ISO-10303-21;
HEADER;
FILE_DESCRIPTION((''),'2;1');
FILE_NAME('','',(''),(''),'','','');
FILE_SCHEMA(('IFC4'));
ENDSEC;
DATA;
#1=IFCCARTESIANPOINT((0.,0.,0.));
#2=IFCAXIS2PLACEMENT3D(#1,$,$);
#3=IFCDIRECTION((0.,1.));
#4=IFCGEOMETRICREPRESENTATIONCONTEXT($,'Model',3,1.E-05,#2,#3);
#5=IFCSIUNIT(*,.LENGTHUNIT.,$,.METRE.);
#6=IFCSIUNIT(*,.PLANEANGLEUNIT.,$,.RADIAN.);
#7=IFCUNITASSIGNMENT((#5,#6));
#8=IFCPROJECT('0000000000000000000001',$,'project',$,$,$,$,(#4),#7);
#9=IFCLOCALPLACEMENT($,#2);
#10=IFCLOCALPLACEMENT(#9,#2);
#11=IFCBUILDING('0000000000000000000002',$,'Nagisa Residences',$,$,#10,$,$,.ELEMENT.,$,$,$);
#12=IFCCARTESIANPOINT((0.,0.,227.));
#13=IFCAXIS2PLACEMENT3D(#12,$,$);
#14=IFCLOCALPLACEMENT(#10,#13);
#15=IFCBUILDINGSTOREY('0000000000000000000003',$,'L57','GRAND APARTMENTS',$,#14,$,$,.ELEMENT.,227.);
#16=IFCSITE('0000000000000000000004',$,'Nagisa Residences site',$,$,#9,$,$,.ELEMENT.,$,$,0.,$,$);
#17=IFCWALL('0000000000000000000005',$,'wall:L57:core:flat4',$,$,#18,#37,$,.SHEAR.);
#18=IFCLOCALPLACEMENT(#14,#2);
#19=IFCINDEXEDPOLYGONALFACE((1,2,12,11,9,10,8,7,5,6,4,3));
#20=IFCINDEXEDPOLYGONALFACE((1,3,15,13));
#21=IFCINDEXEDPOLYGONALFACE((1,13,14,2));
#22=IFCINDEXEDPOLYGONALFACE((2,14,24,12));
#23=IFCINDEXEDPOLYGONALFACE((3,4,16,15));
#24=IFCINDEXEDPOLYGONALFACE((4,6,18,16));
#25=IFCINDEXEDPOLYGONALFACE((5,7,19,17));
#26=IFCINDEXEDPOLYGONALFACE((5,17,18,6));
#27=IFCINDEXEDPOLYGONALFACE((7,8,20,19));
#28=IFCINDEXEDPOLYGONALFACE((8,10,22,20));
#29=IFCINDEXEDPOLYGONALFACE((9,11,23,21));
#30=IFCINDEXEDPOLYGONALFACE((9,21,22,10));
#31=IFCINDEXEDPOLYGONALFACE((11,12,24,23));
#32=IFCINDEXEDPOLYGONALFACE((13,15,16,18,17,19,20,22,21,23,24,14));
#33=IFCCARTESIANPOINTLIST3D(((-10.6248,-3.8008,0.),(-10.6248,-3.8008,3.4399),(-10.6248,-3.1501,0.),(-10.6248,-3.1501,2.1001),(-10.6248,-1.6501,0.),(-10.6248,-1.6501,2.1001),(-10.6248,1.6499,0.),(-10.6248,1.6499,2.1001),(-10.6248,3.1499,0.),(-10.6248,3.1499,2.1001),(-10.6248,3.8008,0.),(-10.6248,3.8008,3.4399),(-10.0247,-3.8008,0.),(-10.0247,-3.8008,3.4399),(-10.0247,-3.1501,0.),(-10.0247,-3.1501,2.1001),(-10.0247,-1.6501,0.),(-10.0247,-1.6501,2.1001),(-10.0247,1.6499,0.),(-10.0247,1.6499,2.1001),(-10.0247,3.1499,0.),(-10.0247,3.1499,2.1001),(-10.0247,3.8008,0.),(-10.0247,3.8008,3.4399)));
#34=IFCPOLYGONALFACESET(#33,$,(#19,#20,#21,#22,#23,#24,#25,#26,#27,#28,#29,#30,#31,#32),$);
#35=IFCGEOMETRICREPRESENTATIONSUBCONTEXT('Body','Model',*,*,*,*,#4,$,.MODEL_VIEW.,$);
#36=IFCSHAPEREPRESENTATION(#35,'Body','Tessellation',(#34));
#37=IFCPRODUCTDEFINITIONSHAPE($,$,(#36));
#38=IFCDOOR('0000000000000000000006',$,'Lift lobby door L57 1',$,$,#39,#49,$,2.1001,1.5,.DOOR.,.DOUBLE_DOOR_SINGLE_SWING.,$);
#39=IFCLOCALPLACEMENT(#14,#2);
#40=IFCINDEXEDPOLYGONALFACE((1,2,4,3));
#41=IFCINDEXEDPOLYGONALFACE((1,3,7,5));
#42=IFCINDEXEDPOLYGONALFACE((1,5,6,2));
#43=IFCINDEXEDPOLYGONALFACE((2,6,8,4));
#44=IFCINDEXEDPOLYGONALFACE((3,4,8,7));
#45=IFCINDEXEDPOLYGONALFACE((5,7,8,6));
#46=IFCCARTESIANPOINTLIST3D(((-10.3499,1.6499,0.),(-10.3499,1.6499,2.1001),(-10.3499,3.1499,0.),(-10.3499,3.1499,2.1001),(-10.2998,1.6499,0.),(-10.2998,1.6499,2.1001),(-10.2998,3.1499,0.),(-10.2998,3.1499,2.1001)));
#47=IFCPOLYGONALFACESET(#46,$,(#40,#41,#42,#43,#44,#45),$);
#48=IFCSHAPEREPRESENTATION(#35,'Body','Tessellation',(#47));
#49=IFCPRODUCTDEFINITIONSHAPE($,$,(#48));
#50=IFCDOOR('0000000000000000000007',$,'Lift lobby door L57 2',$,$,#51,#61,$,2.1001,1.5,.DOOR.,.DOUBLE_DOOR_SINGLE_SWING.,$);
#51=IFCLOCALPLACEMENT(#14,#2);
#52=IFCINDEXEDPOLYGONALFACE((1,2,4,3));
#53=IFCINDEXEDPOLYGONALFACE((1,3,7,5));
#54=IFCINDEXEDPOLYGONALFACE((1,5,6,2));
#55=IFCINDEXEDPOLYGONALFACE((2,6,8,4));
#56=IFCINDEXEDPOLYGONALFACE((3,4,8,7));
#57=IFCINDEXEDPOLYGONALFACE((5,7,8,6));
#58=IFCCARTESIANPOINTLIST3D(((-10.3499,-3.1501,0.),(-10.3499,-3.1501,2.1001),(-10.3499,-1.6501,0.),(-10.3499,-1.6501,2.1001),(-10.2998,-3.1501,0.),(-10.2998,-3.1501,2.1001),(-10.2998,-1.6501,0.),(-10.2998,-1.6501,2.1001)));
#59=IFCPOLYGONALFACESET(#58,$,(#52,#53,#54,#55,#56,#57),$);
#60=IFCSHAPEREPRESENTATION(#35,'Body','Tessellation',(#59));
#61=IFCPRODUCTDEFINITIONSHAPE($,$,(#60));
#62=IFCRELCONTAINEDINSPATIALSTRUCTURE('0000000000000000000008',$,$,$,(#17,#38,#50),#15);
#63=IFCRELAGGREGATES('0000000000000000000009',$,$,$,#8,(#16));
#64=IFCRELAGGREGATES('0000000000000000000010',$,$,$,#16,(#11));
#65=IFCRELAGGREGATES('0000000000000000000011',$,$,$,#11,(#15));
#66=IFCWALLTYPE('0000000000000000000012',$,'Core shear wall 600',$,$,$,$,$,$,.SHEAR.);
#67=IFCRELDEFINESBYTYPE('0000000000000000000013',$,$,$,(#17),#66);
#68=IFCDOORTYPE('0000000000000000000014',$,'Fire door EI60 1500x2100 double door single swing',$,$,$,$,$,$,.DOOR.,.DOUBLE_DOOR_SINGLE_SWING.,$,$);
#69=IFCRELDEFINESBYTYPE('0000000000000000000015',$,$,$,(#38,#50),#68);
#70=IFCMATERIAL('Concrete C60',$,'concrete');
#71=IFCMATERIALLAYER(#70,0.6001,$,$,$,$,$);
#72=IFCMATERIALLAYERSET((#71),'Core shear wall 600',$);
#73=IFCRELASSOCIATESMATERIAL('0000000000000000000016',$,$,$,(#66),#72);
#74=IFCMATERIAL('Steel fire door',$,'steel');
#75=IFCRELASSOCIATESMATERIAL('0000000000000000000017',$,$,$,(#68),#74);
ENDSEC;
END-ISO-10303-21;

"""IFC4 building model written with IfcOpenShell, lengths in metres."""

from ifc_helpers import new_model, si_unit, direction, frame, frame_2d, origin, place, context, subcontext, project, spatial, rectangle, extrude, material, layer, layer_set, type_object, element, fill, save


model = new_model("IFC4")

# Units and contexts
model_context = context("Model", 3, precision=1e-05, world=origin(), true_north=direction((0.0, 1.0)))
body_context = subcontext(model_context, "Body", "Model", "MODEL_VIEW")
ifc_project = project(units=[si_unit("LENGTHUNIT", "METRE"), si_unit("PLANEANGLEUNIT", "RADIAN")], contexts=[model_context])

# Site, building, storey
site_placement = place(None, origin())
site = spatial("IfcSite", under=ifc_project, at=site_placement, Name="Nagisa Residences site", CompositionType="ELEMENT", RefElevation=0.0)
building_placement = place(site_placement, origin())
building = spatial("IfcBuilding", under=site, at=building_placement, Name="Nagisa Residences", CompositionType="ELEMENT")
storey_placement = place(building_placement, frame((0.0, 0.0, 227.0)))
storey = spatial("IfcBuildingStorey", under=building, at=storey_placement, Name="L57", Description="GRAND APARTMENTS", CompositionType="ELEMENT", Elevation=227.0)

# Wall, openings, doors
ifc_material_1 = material(Name="Concrete C60", Category="concrete")
ifc_layer_1 = layer(ifc_material_1, 0.6001)
ifc_layer_set_1 = layer_set([ifc_layer_1], Name="Core shear wall 600")
wall_type_1 = type_object("IfcWallType", Name="Core shear wall 600", PredefinedType="SHEAR", material=ifc_layer_set_1)
wall_1_placement = place(storey_placement, frame((-10.3247, 3.8008, 0.0), z_axis=(0.0, 0.0, 1.0), x_axis=(0.0, -1.0, 0.0)))
wall_1 = element("IfcWall", 1, at=wall_1_placement, inside=storey, type_object=wall_type_1, Name="wall:L57:core:flat4", PredefinedType="SHEAR", context=body_context, shape_type="SweptSolid", body=[
    extrude(rectangle(XDim=7.6016, YDim=0.6001, at=frame_2d((3.8008, 0.0))), origin(), (0.0, 0.0, 1.0), 3.4399),
])
opening_1_placement = place(wall_1_placement, frame((0.6509, 0.0, 0.0)))
opening_1 = element("IfcOpeningElement", 2, at=opening_1_placement, cuts=wall_1, PredefinedType="OPENING", context=body_context, shape_type="SweptSolid", body=[
    extrude(rectangle(XDim=1.5, YDim=2.1001, at=frame_2d((0.75, 1.05))), frame((0.0, 0.3101, 0.0), z_axis=(0.0, -1.0, 0.0), x_axis=(1.0, 0.0, 0.0)), (0.0, 0.0, 1.0), 0.6201),
])
opening_2_placement = place(wall_1_placement, frame((5.4509, 0.0, 0.0)))
opening_2 = element("IfcOpeningElement", 3, at=opening_2_placement, cuts=wall_1, PredefinedType="OPENING", context=body_context, shape_type="SweptSolid", body=[
    extrude(rectangle(XDim=1.5, YDim=2.1001, at=frame_2d((0.75, 1.05))), frame((0.0, 0.3101, 0.0), z_axis=(0.0, -1.0, 0.0), x_axis=(1.0, 0.0, 0.0)), (0.0, 0.0, 1.0), 0.6201),
])
ifc_material_2 = material(Name="Steel fire door", Category="steel")
door_type_1 = type_object("IfcDoorType", Name="Fire door EI60 1500x2100 double door single swing", OperationType="DOUBLE_DOOR_SINGLE_SWING", PredefinedType="DOOR", material=ifc_material_2)
door_1_placement = place(opening_1_placement, origin())
door_1 = element("IfcDoor", 4, at=door_1_placement, inside=storey, type_object=door_type_1, Name="Lift lobby door L57 1", OperationType="DOUBLE_DOOR_SINGLE_SWING", OverallHeight=2.1001, OverallWidth=1.5, PredefinedType="DOOR", context=body_context, shape_type="SweptSolid", body=[
    extrude(rectangle(XDim=1.5, YDim=2.1001, at=frame_2d((0.75, 1.05))), frame((0.0, 0.0249, 0.0), z_axis=(0.0, -1.0, 0.0), x_axis=(1.0, 0.0, 0.0)), (0.0, 0.0, 1.0), 0.05),
])
fill(opening_1, door_1)
door_2_placement = place(opening_2_placement, origin())
door_2 = element("IfcDoor", 5, at=door_2_placement, inside=storey, type_object=door_type_1, Name="Lift lobby door L57 2", OperationType="DOUBLE_DOOR_SINGLE_SWING", OverallHeight=2.1001, OverallWidth=1.5, PredefinedType="DOOR", context=body_context, shape_type="SweptSolid", body=[
    extrude(rectangle(XDim=1.5, YDim=2.1001, at=frame_2d((0.75, 1.05))), frame((0.0, 0.0249, 0.0), z_axis=(0.0, -1.0, 0.0), x_axis=(1.0, 0.0, 0.0)), (0.0, 0.0, 1.0), 0.05),
])
fill(opening_2, door_2)

save(model, "model.ifc")
